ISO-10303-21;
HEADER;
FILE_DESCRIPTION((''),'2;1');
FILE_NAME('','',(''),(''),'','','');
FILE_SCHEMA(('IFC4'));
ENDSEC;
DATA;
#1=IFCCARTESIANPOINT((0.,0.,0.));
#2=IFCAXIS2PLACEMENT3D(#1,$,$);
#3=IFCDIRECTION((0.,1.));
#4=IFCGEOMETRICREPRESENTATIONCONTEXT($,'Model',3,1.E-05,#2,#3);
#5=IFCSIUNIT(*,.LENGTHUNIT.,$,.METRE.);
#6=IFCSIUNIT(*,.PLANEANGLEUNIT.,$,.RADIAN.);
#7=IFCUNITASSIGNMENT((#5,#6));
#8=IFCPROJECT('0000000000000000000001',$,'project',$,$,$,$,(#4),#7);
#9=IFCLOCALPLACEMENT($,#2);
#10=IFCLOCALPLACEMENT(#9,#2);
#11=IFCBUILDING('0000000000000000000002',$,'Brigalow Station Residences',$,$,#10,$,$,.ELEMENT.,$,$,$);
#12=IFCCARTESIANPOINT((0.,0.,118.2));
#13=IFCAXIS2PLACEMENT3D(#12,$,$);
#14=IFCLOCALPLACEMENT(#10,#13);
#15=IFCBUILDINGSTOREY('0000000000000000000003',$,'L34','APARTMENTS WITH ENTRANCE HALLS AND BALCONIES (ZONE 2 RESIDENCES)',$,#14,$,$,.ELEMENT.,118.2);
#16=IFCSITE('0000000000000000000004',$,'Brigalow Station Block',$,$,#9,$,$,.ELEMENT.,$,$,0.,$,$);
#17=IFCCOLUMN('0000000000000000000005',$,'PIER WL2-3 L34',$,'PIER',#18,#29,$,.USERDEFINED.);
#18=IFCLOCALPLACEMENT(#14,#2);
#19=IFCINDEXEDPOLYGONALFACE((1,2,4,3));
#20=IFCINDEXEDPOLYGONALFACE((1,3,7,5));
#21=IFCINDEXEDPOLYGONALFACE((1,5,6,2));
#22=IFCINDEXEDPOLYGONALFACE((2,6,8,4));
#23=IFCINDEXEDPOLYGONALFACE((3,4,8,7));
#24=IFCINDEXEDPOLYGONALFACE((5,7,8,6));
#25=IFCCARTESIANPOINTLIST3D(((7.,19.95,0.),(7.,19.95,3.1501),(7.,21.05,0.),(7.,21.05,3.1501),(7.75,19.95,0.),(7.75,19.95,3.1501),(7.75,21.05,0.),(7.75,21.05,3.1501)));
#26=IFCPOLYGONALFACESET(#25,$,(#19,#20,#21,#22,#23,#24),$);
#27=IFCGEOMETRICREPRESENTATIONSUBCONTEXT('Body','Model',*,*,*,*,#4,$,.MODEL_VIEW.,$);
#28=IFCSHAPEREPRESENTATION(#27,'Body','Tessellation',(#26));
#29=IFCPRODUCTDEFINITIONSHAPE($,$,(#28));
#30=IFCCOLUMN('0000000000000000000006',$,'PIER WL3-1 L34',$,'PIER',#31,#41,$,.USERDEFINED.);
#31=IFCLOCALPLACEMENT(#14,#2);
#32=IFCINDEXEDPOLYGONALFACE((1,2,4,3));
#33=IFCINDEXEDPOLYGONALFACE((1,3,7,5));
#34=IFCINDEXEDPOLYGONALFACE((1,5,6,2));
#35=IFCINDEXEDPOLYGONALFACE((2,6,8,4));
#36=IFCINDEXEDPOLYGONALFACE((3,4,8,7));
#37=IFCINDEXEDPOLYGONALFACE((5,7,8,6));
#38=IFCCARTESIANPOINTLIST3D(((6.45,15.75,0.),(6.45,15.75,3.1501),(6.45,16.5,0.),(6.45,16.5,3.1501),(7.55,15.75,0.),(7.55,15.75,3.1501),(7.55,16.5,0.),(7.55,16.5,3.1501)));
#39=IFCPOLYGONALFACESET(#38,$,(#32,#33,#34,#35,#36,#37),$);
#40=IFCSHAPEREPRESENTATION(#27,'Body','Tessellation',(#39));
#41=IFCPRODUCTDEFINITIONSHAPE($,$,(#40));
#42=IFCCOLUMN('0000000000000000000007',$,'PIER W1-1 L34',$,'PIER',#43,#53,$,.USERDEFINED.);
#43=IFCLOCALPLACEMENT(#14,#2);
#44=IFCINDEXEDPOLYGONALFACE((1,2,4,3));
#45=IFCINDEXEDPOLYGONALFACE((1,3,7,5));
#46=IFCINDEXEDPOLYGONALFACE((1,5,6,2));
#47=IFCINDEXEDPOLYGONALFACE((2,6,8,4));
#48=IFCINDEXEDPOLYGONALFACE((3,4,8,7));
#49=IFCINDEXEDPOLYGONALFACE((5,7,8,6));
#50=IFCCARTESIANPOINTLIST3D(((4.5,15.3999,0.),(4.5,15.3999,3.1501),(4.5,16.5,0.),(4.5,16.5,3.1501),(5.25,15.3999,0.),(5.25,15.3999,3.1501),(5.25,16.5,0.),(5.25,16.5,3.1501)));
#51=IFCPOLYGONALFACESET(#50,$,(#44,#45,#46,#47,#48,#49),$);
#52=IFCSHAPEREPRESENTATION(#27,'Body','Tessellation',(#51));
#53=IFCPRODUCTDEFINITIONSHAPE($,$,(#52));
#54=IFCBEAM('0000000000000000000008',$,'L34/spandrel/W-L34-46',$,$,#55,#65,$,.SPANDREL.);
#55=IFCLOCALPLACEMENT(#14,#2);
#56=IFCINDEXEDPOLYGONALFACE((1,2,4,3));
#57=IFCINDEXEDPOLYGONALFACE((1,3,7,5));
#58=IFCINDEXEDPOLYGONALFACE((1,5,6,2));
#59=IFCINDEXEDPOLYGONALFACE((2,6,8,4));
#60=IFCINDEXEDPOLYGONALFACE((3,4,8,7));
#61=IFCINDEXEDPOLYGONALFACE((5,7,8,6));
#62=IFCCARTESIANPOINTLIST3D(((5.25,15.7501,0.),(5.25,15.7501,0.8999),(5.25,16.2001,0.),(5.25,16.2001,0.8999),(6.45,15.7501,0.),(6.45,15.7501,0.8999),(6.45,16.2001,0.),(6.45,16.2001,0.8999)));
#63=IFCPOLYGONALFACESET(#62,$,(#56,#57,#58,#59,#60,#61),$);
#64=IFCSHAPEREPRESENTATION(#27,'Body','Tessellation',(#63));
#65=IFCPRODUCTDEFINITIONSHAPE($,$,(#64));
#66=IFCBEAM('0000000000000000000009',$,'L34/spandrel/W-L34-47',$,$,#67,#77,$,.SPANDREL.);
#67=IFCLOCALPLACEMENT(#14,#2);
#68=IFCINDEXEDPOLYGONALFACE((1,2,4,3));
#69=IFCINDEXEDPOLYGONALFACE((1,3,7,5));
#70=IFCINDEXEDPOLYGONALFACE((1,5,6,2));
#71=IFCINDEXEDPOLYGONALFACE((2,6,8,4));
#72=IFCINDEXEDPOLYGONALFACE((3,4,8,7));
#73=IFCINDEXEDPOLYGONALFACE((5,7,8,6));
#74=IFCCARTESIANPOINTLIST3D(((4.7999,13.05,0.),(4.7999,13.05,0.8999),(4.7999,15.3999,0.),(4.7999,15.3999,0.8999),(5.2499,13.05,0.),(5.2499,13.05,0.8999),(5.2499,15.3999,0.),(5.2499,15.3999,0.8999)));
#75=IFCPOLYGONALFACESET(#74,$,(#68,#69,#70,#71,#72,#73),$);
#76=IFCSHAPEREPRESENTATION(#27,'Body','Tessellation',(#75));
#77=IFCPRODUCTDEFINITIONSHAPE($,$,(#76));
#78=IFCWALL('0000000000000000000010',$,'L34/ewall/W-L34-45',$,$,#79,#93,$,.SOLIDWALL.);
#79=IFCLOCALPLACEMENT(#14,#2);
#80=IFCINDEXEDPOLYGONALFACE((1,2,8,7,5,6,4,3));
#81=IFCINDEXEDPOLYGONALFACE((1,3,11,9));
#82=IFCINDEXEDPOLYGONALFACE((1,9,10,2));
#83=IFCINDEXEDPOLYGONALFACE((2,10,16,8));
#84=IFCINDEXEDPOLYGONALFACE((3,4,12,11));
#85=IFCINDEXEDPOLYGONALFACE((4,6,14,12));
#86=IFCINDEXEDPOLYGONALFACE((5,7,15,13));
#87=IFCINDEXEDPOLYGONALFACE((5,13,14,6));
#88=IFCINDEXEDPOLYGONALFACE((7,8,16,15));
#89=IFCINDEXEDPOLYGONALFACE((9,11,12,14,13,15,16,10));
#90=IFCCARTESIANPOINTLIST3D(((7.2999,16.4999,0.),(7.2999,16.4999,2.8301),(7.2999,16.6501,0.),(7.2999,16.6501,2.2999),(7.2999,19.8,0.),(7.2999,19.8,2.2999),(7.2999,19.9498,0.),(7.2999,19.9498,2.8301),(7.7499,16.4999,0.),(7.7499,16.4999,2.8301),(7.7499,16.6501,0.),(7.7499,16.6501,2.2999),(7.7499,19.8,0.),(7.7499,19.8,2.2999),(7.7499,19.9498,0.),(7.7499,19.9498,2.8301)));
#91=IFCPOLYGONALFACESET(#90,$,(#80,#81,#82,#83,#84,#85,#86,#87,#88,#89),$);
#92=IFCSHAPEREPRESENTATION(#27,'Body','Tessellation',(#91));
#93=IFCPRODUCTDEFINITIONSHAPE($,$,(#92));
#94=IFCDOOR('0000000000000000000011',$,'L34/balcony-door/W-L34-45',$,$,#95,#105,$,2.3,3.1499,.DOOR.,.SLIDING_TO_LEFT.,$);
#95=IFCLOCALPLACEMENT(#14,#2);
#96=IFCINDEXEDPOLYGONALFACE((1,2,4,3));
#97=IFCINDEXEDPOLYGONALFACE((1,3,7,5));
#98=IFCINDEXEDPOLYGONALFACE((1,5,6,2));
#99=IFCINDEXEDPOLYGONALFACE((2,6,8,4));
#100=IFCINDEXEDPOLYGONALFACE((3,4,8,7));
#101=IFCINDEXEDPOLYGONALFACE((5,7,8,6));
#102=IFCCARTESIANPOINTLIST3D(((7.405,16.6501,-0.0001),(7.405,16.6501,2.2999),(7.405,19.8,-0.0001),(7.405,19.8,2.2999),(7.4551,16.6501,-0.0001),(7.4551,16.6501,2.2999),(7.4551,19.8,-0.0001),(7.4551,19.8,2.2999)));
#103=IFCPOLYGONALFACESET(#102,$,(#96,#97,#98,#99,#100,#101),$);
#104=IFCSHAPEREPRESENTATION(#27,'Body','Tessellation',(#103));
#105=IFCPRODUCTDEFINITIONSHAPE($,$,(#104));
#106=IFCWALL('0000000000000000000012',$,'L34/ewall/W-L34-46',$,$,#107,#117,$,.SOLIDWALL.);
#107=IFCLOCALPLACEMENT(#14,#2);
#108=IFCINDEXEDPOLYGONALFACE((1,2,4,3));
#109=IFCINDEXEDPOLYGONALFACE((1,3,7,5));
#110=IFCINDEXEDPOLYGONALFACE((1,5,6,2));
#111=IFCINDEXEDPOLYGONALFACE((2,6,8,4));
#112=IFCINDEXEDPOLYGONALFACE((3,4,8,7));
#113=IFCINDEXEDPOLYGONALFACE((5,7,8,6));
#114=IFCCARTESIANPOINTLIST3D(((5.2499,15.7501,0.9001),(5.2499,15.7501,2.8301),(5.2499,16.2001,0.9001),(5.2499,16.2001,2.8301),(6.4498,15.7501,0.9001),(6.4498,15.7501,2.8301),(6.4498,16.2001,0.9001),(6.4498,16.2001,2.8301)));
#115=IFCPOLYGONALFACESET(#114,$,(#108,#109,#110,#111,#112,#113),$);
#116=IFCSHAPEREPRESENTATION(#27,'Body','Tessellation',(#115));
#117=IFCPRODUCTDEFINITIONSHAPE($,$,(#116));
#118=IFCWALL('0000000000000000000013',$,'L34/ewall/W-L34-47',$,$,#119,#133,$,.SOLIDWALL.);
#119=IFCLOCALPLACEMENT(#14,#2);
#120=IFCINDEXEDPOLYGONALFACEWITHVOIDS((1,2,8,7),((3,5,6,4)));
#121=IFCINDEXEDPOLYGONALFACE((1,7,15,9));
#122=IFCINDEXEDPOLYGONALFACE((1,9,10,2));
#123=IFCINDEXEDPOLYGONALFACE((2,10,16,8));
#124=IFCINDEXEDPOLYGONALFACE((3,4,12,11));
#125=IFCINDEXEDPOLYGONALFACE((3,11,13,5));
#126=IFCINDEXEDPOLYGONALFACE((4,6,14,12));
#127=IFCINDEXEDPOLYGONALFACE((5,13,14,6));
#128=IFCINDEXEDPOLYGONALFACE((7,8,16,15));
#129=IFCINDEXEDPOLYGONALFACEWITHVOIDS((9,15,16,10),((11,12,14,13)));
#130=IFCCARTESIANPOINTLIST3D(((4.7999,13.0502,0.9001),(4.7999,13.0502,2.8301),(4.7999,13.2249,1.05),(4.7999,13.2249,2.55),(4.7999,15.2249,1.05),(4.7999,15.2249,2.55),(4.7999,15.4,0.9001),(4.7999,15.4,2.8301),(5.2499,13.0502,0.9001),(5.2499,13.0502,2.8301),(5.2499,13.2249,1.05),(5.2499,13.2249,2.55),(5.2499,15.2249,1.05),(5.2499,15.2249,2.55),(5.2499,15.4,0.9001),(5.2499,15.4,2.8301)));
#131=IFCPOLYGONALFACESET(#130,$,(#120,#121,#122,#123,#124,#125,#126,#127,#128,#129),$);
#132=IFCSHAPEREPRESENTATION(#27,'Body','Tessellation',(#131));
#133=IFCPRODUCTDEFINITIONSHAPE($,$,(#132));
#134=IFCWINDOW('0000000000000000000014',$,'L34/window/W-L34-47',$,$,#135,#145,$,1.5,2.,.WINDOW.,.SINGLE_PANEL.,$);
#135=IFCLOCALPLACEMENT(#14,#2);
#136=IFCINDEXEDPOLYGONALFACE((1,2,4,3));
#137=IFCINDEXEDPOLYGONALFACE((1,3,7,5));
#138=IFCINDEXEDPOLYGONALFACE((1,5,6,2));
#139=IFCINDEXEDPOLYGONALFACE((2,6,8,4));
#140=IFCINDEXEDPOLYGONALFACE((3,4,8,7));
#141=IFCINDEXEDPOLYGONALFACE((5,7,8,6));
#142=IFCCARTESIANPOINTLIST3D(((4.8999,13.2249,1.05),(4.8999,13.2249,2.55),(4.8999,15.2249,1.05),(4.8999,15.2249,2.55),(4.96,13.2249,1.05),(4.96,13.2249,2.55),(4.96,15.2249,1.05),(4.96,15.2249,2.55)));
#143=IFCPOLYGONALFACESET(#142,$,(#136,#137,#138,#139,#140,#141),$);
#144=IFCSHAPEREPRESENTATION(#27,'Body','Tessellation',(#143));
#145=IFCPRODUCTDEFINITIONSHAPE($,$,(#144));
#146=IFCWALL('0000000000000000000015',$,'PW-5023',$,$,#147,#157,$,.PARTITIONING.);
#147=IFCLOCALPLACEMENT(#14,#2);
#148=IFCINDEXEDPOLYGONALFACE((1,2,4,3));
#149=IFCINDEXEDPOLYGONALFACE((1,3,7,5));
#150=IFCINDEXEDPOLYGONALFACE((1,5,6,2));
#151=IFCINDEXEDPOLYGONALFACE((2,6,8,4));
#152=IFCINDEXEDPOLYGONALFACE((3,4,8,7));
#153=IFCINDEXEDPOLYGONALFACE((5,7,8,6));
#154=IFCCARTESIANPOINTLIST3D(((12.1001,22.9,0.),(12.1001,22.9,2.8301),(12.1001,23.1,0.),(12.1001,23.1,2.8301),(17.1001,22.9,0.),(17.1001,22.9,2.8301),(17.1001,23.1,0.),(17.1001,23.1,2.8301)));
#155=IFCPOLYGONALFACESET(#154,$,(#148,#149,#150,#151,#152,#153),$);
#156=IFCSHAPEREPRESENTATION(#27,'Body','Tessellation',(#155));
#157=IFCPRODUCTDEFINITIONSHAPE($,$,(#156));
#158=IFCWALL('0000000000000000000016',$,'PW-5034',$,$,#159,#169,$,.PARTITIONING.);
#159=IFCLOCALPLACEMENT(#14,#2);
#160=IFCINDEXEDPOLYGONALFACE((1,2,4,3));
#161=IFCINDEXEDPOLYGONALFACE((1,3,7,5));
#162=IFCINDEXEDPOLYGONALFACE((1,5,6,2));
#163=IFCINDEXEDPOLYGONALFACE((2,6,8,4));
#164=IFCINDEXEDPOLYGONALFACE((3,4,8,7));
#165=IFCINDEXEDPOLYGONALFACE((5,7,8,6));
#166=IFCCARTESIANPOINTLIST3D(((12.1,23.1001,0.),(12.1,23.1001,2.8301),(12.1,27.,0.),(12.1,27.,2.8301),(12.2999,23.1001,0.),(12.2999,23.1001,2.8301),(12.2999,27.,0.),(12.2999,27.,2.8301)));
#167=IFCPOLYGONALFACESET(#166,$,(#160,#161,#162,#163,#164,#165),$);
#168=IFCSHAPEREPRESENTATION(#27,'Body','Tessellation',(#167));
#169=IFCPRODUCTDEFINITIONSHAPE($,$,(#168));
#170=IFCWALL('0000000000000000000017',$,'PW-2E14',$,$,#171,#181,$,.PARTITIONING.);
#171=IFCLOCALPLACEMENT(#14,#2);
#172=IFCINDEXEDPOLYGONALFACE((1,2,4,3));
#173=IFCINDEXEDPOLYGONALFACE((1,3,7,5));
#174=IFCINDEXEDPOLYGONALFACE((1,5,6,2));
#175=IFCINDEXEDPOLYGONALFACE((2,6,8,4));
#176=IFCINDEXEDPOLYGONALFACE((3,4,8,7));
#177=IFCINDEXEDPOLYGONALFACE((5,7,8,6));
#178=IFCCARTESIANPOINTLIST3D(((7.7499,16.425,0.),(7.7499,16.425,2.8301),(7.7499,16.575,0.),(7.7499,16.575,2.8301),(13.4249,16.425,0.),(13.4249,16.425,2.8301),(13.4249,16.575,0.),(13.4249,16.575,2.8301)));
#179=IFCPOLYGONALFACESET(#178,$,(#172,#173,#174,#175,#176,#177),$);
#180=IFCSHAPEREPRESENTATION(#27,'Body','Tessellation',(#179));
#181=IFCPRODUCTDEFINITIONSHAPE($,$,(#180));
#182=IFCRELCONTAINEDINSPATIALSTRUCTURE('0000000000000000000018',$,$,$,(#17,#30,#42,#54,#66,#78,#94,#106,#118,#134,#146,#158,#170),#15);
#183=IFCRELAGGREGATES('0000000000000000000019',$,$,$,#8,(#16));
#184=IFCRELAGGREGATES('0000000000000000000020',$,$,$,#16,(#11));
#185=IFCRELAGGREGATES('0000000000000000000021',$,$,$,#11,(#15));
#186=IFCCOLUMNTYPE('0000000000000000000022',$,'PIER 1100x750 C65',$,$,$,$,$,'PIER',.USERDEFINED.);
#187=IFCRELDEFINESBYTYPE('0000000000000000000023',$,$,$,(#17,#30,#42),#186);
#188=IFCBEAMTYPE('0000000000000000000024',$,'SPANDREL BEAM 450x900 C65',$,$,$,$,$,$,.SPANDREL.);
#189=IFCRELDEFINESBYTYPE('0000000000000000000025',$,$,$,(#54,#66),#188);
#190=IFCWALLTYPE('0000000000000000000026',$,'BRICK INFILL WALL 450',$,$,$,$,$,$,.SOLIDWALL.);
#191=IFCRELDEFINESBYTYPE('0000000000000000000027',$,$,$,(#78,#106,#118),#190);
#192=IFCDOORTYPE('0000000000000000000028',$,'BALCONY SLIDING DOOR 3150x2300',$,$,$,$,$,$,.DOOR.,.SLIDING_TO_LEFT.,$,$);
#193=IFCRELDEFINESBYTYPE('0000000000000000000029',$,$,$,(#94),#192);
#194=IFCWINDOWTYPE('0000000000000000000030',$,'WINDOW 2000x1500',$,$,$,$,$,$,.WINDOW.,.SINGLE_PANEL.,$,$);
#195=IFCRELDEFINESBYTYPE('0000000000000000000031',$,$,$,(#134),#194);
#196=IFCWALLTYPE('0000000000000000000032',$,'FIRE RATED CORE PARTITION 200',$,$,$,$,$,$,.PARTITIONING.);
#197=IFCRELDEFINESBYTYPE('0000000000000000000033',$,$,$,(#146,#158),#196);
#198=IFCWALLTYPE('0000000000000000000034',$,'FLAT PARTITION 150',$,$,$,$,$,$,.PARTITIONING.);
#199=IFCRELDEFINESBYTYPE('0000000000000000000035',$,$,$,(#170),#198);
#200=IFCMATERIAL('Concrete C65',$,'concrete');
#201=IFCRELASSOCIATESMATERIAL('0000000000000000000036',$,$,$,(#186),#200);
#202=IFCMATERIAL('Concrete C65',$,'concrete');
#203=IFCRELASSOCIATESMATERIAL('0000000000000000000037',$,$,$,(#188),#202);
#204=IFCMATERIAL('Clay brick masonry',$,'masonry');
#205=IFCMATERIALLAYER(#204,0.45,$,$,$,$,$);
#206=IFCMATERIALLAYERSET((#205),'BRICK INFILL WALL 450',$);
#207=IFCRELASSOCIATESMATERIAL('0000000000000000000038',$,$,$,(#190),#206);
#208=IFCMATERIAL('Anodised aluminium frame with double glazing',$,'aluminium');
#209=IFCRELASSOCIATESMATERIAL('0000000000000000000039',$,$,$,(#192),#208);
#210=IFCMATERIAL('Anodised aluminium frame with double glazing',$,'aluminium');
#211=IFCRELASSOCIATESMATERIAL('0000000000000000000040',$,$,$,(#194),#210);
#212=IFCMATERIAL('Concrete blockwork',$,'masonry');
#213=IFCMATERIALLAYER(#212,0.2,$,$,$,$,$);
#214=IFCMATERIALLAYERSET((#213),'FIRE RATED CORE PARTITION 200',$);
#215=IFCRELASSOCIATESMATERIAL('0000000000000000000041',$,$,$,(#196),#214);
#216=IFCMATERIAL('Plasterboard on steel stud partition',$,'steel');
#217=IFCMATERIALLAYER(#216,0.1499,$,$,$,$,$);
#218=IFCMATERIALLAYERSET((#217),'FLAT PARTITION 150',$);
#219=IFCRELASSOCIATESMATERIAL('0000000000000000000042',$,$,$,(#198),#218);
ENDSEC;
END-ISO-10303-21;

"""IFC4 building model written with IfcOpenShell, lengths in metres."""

from ifc_helpers import new_model, si_unit, direction, frame, frame_2d, origin, origin_2d, place, context, subcontext, project, spatial, rectangle, extrude, material, layer, layer_set, material_profile, profile_set, type_object, element, fill, save


model = new_model("IFC4")

# Units and contexts
model_context = context("Model", 3, precision=1e-05, world=origin(), true_north=direction((0.0, 1.0)))
body_context = subcontext(model_context, "Body", "Model", "MODEL_VIEW")
ifc_project = project(units=[si_unit("LENGTHUNIT", "METRE"), si_unit("PLANEANGLEUNIT", "RADIAN")], contexts=[model_context])

# Site, building, storey
site_placement = place(None, origin())
site = spatial("IfcSite", under=ifc_project, at=site_placement, Name="Brigalow Station Block", CompositionType="ELEMENT", RefElevation=0.0)
building_placement = place(site_placement, origin())
building = spatial("IfcBuilding", under=site, at=building_placement, Name="Brigalow Station Residences", CompositionType="ELEMENT")
storey_placement = place(building_placement, frame((0.0, 0.0, 118.2)))
storey = spatial("IfcBuildingStorey", under=building, at=storey_placement, Name="L34", Description="APARTMENTS WITH ENTRANCE HALLS AND BALCONIES (ZONE 2 RESIDENCES)", CompositionType="ELEMENT", Elevation=118.2)

# Columns
ifc_material_1 = material(Name="Concrete C65", Category="concrete")
ifc_material_profile_1 = material_profile(ifc_material_1, rectangle(XDim=1.1001, YDim=0.75, at=origin_2d()), Name="RC1100x750")
ifc_profile_set_1 = profile_set([ifc_material_profile_1], Name="Concrete C65")
column_type = type_object("IfcColumnType", Name="PIER 1100x750 C65", ElementType="PIER", PredefinedType="USERDEFINED", material=ifc_profile_set_1)
for number, where, z_axis, x_axis, name in (
    (1, (7.375, 20.5, 0.0), (0.0, 0.0, 1.0), (0.0, -1.0, 0.0), "PIER WL2-3 L34"),
    (2, (7.0, 16.125, 0.0), (0.0, 0.0, 1.0), (-1.0, 0.0, 0.0), "PIER WL3-1 L34"),
    (3, (4.875, 15.95, 0.0), (0.0, 0.0, 1.0), (0.0, -1.0, 0.0), "PIER W1-1 L34"),
):
    element("IfcColumn", number, at=place(storey_placement, frame(where, z_axis=z_axis, x_axis=x_axis)), inside=storey, type_object=column_type, Name=name, ObjectType="PIER", PredefinedType="USERDEFINED", context=body_context, shape_type="SweptSolid", body=[
        extrude(rectangle(XDim=1.1001, YDim=0.75, at=origin_2d()), origin(), (0.0, 0.0, 1.0), 3.1501),
    ])

# Beams
ifc_material_2 = material(Name="Concrete C65", Category="concrete")
ifc_material_profile_2 = material_profile(ifc_material_2, rectangle(XDim=0.45, YDim=0.8999, at=origin_2d()), Name="RC450x900")
ifc_profile_set_2 = profile_set([ifc_material_profile_2], Name="Concrete C65")
beam_type = type_object("IfcBeamType", Name="SPANDREL BEAM 450x900 C65", PredefinedType="SPANDREL", material=ifc_profile_set_2)
beam_1_placement = place(storey_placement, frame((6.45, 15.9751, 0.45), z_axis=(-1.0, 0.0, 0.0), x_axis=(0.0, -1.0, 0.0)))
element("IfcBeam", 4, at=beam_1_placement, inside=storey, type_object=beam_type, Name="L34/spandrel/W-L34-46", PredefinedType="SPANDREL", context=body_context, shape_type="SweptSolid", body=[
    extrude(rectangle(XDim=0.45, YDim=0.8999, at=origin_2d()), origin(), (0.0, 0.0, 1.0), 1.2),
])
beam_2_placement = place(storey_placement, frame((5.0249, 15.3999, 0.45), z_axis=(0.0, -1.0, 0.0), x_axis=(1.0, 0.0, 0.0)))
element("IfcBeam", 5, at=beam_2_placement, inside=storey, type_object=beam_type, Name="L34/spandrel/W-L34-47", PredefinedType="SPANDREL", context=body_context, shape_type="SweptSolid", body=[
    extrude(rectangle(XDim=0.45, YDim=0.8999, at=origin_2d()), origin(), (0.0, 0.0, 1.0), 2.3499),
])

# Wall, opening, door
ifc_material_3 = material(Name="Clay brick masonry", Category="masonry")
ifc_layer_1 = layer(ifc_material_3, 0.45)
ifc_layer_set_1 = layer_set([ifc_layer_1], Name="BRICK INFILL WALL 450")
wall_type_1 = type_object("IfcWallType", Name="BRICK INFILL WALL 450", PredefinedType="SOLIDWALL", material=ifc_layer_set_1)
wall_1_placement = place(storey_placement, frame((7.5249, 19.95, 0.0), z_axis=(0.0, 0.0, 1.0), x_axis=(0.0, -1.0, 0.0)))
wall_1 = element("IfcWall", 6, at=wall_1_placement, inside=storey, type_object=wall_type_1, Name="L34/ewall/W-L34-45", PredefinedType="SOLIDWALL", context=body_context, shape_type="SweptSolid", body=[
    extrude(rectangle(XDim=3.45, YDim=0.45, at=frame_2d((1.7251, 0.0))), origin(), (0.0, 0.0, 1.0), 2.8301),
])
opening_1_placement = place(wall_1_placement, frame((0.1499, 0.0, 0.0)))
opening_1 = element("IfcOpeningElement", 7, at=opening_1_placement, cuts=wall_1, PredefinedType="OPENING", context=body_context, shape_type="SweptSolid", body=[
    extrude(rectangle(XDim=3.1499, YDim=2.3, at=frame_2d((1.575, 1.1499))), frame((0.0, 0.2349, 0.0), z_axis=(0.0, -1.0, 0.0), x_axis=(1.0, 0.0, 0.0)), (0.0, 0.0, 1.0), 0.47),
])
ifc_material_4 = material(Name="Anodised aluminium frame with double glazing", Category="aluminium")
door_type_1 = type_object("IfcDoorType", Name="BALCONY SLIDING DOOR 3150x2300", OperationType="SLIDING_TO_LEFT", PredefinedType="DOOR", material=ifc_material_4)
door_1_placement = place(opening_1_placement, origin())
door_1 = element("IfcDoor", 8, at=door_1_placement, inside=storey, type_object=door_type_1, Name="L34/balcony-door/W-L34-45", OperationType="SLIDING_TO_LEFT", OverallHeight=2.3, OverallWidth=3.1499, PredefinedType="DOOR", context=body_context, shape_type="SweptSolid", body=[
    extrude(rectangle(XDim=3.1499, YDim=2.3, at=frame_2d((1.575, 1.1499))), frame((0.0, -0.0698, 0.0), z_axis=(0.0, -1.0, 0.0), x_axis=(1.0, 0.0, 0.0)), (0.0, 0.0, 1.0), 0.05),
])
fill(opening_1, door_1)

# Wall
wall_2_placement = place(storey_placement, frame((6.45, 15.9751, 0.9001), z_axis=(0.0, 0.0, 1.0), x_axis=(-1.0, 0.0, 0.0)))
element("IfcWall", 9, at=wall_2_placement, inside=storey, type_object=wall_type_1, Name="L34/ewall/W-L34-46", PredefinedType="SOLIDWALL", context=body_context, shape_type="SweptSolid", body=[
    extrude(rectangle(XDim=1.2, YDim=0.45, at=frame_2d((0.6001, 0.0))), origin(), (0.0, 0.0, 1.0), 1.9299),
])

# Wall, opening, window
wall_3_placement = place(storey_placement, frame((5.0249, 15.3999, 0.9001), z_axis=(0.0, 0.0, 1.0), x_axis=(0.0, -1.0, 0.0)))
wall_3 = element("IfcWall", 10, at=wall_3_placement, inside=storey, type_object=wall_type_1, Name="L34/ewall/W-L34-47", PredefinedType="SOLIDWALL", context=body_context, shape_type="SweptSolid", body=[
    extrude(rectangle(XDim=2.3499, YDim=0.45, at=frame_2d((1.1748, 0.0))), origin(), (0.0, 0.0, 1.0), 1.9299),
])
opening_2_placement = place(wall_3_placement, frame((0.175, 0.0, 0.1499)))
opening_2 = element("IfcOpeningElement", 11, at=opening_2_placement, cuts=wall_3, PredefinedType="OPENING", context=body_context, shape_type="SweptSolid", body=[
    extrude(rectangle(XDim=2.0, YDim=1.5, at=frame_2d((1.0, 0.75))), frame((0.0, 0.2349, 0.0), z_axis=(0.0, -1.0, 0.0), x_axis=(1.0, 0.0, 0.0)), (0.0, 0.0, 1.0), 0.47),
])
ifc_material_5 = material(Name="Anodised aluminium frame with double glazing", Category="aluminium")
window_type = type_object("IfcWindowType", Name="WINDOW 2000x1500", PartitioningType="SINGLE_PANEL", PredefinedType="WINDOW", material=ifc_material_5)
window_placement = place(opening_2_placement, origin())
window = element("IfcWindow", 12, at=window_placement, inside=storey, type_object=window_type, Name="L34/window/W-L34-47", OverallHeight=1.5, OverallWidth=2.0, PartitioningType="SINGLE_PANEL", PredefinedType="WINDOW", context=body_context, shape_type="SweptSolid", body=[
    extrude(rectangle(XDim=2.0, YDim=1.5, at=frame_2d((1.0, 0.75))), frame((0.0, -0.0649, 0.0), z_axis=(0.0, -1.0, 0.0), x_axis=(1.0, 0.0, 0.0)), (0.0, 0.0, 1.0), 0.0601),
])
fill(opening_2, window)

# Walls
ifc_material_6 = material(Name="Concrete blockwork", Category="masonry")
ifc_layer_2 = layer(ifc_material_6, 0.2)
ifc_layer_set_2 = layer_set([ifc_layer_2], Name="FIRE RATED CORE PARTITION 200")
wall_type_2 = type_object("IfcWallType", Name="FIRE RATED CORE PARTITION 200", PredefinedType="PARTITIONING", material=ifc_layer_set_2)
wall_4_placement = place(storey_placement, frame((12.1001, 23.0, 0.0), z_axis=(0.0, 0.0, 1.0), x_axis=(1.0, 0.0, 0.0)))
element("IfcWall", 13, at=wall_4_placement, inside=storey, type_object=wall_type_2, Name="PW-5023", PredefinedType="PARTITIONING", context=body_context, shape_type="SweptSolid", body=[
    extrude(rectangle(XDim=5.0, YDim=0.2, at=frame_2d((2.5, 0.0))), origin(), (0.0, 0.0, 1.0), 2.8301),
])
wall_5_placement = place(storey_placement, frame((12.2, 23.1001, 0.0), z_axis=(0.0, 0.0, 1.0), x_axis=(0.0, 1.0, 0.0)))
element("IfcWall", 14, at=wall_5_placement, inside=storey, type_object=wall_type_2, Name="PW-5034", PredefinedType="PARTITIONING", context=body_context, shape_type="SweptSolid", body=[
    extrude(rectangle(XDim=3.8999, YDim=0.2, at=frame_2d((1.95, 0.0))), origin(), (0.0, 0.0, 1.0), 2.8301),
])
ifc_material_7 = material(Name="Plasterboard on steel stud partition", Category="steel")
ifc_layer_3 = layer(ifc_material_7, 0.1499)
ifc_layer_set_3 = layer_set([ifc_layer_3], Name="FLAT PARTITION 150")
wall_type_3 = type_object("IfcWallType", Name="FLAT PARTITION 150", PredefinedType="PARTITIONING", material=ifc_layer_set_3)
wall_6_placement = place(storey_placement, frame((7.75, 16.5, 0.0), z_axis=(0.0, 0.0, 1.0), x_axis=(1.0, 0.0, 0.0)))
element("IfcWall", 15, at=wall_6_placement, inside=storey, type_object=wall_type_3, Name="PW-2E14", PredefinedType="PARTITIONING", context=body_context, shape_type="SweptSolid", body=[
    extrude(rectangle(XDim=5.675, YDim=0.1499, at=frame_2d((2.8374, 0.0))), origin(), (0.0, 0.0, 1.0), 2.8301),
])

save(model, "model.ifc")
